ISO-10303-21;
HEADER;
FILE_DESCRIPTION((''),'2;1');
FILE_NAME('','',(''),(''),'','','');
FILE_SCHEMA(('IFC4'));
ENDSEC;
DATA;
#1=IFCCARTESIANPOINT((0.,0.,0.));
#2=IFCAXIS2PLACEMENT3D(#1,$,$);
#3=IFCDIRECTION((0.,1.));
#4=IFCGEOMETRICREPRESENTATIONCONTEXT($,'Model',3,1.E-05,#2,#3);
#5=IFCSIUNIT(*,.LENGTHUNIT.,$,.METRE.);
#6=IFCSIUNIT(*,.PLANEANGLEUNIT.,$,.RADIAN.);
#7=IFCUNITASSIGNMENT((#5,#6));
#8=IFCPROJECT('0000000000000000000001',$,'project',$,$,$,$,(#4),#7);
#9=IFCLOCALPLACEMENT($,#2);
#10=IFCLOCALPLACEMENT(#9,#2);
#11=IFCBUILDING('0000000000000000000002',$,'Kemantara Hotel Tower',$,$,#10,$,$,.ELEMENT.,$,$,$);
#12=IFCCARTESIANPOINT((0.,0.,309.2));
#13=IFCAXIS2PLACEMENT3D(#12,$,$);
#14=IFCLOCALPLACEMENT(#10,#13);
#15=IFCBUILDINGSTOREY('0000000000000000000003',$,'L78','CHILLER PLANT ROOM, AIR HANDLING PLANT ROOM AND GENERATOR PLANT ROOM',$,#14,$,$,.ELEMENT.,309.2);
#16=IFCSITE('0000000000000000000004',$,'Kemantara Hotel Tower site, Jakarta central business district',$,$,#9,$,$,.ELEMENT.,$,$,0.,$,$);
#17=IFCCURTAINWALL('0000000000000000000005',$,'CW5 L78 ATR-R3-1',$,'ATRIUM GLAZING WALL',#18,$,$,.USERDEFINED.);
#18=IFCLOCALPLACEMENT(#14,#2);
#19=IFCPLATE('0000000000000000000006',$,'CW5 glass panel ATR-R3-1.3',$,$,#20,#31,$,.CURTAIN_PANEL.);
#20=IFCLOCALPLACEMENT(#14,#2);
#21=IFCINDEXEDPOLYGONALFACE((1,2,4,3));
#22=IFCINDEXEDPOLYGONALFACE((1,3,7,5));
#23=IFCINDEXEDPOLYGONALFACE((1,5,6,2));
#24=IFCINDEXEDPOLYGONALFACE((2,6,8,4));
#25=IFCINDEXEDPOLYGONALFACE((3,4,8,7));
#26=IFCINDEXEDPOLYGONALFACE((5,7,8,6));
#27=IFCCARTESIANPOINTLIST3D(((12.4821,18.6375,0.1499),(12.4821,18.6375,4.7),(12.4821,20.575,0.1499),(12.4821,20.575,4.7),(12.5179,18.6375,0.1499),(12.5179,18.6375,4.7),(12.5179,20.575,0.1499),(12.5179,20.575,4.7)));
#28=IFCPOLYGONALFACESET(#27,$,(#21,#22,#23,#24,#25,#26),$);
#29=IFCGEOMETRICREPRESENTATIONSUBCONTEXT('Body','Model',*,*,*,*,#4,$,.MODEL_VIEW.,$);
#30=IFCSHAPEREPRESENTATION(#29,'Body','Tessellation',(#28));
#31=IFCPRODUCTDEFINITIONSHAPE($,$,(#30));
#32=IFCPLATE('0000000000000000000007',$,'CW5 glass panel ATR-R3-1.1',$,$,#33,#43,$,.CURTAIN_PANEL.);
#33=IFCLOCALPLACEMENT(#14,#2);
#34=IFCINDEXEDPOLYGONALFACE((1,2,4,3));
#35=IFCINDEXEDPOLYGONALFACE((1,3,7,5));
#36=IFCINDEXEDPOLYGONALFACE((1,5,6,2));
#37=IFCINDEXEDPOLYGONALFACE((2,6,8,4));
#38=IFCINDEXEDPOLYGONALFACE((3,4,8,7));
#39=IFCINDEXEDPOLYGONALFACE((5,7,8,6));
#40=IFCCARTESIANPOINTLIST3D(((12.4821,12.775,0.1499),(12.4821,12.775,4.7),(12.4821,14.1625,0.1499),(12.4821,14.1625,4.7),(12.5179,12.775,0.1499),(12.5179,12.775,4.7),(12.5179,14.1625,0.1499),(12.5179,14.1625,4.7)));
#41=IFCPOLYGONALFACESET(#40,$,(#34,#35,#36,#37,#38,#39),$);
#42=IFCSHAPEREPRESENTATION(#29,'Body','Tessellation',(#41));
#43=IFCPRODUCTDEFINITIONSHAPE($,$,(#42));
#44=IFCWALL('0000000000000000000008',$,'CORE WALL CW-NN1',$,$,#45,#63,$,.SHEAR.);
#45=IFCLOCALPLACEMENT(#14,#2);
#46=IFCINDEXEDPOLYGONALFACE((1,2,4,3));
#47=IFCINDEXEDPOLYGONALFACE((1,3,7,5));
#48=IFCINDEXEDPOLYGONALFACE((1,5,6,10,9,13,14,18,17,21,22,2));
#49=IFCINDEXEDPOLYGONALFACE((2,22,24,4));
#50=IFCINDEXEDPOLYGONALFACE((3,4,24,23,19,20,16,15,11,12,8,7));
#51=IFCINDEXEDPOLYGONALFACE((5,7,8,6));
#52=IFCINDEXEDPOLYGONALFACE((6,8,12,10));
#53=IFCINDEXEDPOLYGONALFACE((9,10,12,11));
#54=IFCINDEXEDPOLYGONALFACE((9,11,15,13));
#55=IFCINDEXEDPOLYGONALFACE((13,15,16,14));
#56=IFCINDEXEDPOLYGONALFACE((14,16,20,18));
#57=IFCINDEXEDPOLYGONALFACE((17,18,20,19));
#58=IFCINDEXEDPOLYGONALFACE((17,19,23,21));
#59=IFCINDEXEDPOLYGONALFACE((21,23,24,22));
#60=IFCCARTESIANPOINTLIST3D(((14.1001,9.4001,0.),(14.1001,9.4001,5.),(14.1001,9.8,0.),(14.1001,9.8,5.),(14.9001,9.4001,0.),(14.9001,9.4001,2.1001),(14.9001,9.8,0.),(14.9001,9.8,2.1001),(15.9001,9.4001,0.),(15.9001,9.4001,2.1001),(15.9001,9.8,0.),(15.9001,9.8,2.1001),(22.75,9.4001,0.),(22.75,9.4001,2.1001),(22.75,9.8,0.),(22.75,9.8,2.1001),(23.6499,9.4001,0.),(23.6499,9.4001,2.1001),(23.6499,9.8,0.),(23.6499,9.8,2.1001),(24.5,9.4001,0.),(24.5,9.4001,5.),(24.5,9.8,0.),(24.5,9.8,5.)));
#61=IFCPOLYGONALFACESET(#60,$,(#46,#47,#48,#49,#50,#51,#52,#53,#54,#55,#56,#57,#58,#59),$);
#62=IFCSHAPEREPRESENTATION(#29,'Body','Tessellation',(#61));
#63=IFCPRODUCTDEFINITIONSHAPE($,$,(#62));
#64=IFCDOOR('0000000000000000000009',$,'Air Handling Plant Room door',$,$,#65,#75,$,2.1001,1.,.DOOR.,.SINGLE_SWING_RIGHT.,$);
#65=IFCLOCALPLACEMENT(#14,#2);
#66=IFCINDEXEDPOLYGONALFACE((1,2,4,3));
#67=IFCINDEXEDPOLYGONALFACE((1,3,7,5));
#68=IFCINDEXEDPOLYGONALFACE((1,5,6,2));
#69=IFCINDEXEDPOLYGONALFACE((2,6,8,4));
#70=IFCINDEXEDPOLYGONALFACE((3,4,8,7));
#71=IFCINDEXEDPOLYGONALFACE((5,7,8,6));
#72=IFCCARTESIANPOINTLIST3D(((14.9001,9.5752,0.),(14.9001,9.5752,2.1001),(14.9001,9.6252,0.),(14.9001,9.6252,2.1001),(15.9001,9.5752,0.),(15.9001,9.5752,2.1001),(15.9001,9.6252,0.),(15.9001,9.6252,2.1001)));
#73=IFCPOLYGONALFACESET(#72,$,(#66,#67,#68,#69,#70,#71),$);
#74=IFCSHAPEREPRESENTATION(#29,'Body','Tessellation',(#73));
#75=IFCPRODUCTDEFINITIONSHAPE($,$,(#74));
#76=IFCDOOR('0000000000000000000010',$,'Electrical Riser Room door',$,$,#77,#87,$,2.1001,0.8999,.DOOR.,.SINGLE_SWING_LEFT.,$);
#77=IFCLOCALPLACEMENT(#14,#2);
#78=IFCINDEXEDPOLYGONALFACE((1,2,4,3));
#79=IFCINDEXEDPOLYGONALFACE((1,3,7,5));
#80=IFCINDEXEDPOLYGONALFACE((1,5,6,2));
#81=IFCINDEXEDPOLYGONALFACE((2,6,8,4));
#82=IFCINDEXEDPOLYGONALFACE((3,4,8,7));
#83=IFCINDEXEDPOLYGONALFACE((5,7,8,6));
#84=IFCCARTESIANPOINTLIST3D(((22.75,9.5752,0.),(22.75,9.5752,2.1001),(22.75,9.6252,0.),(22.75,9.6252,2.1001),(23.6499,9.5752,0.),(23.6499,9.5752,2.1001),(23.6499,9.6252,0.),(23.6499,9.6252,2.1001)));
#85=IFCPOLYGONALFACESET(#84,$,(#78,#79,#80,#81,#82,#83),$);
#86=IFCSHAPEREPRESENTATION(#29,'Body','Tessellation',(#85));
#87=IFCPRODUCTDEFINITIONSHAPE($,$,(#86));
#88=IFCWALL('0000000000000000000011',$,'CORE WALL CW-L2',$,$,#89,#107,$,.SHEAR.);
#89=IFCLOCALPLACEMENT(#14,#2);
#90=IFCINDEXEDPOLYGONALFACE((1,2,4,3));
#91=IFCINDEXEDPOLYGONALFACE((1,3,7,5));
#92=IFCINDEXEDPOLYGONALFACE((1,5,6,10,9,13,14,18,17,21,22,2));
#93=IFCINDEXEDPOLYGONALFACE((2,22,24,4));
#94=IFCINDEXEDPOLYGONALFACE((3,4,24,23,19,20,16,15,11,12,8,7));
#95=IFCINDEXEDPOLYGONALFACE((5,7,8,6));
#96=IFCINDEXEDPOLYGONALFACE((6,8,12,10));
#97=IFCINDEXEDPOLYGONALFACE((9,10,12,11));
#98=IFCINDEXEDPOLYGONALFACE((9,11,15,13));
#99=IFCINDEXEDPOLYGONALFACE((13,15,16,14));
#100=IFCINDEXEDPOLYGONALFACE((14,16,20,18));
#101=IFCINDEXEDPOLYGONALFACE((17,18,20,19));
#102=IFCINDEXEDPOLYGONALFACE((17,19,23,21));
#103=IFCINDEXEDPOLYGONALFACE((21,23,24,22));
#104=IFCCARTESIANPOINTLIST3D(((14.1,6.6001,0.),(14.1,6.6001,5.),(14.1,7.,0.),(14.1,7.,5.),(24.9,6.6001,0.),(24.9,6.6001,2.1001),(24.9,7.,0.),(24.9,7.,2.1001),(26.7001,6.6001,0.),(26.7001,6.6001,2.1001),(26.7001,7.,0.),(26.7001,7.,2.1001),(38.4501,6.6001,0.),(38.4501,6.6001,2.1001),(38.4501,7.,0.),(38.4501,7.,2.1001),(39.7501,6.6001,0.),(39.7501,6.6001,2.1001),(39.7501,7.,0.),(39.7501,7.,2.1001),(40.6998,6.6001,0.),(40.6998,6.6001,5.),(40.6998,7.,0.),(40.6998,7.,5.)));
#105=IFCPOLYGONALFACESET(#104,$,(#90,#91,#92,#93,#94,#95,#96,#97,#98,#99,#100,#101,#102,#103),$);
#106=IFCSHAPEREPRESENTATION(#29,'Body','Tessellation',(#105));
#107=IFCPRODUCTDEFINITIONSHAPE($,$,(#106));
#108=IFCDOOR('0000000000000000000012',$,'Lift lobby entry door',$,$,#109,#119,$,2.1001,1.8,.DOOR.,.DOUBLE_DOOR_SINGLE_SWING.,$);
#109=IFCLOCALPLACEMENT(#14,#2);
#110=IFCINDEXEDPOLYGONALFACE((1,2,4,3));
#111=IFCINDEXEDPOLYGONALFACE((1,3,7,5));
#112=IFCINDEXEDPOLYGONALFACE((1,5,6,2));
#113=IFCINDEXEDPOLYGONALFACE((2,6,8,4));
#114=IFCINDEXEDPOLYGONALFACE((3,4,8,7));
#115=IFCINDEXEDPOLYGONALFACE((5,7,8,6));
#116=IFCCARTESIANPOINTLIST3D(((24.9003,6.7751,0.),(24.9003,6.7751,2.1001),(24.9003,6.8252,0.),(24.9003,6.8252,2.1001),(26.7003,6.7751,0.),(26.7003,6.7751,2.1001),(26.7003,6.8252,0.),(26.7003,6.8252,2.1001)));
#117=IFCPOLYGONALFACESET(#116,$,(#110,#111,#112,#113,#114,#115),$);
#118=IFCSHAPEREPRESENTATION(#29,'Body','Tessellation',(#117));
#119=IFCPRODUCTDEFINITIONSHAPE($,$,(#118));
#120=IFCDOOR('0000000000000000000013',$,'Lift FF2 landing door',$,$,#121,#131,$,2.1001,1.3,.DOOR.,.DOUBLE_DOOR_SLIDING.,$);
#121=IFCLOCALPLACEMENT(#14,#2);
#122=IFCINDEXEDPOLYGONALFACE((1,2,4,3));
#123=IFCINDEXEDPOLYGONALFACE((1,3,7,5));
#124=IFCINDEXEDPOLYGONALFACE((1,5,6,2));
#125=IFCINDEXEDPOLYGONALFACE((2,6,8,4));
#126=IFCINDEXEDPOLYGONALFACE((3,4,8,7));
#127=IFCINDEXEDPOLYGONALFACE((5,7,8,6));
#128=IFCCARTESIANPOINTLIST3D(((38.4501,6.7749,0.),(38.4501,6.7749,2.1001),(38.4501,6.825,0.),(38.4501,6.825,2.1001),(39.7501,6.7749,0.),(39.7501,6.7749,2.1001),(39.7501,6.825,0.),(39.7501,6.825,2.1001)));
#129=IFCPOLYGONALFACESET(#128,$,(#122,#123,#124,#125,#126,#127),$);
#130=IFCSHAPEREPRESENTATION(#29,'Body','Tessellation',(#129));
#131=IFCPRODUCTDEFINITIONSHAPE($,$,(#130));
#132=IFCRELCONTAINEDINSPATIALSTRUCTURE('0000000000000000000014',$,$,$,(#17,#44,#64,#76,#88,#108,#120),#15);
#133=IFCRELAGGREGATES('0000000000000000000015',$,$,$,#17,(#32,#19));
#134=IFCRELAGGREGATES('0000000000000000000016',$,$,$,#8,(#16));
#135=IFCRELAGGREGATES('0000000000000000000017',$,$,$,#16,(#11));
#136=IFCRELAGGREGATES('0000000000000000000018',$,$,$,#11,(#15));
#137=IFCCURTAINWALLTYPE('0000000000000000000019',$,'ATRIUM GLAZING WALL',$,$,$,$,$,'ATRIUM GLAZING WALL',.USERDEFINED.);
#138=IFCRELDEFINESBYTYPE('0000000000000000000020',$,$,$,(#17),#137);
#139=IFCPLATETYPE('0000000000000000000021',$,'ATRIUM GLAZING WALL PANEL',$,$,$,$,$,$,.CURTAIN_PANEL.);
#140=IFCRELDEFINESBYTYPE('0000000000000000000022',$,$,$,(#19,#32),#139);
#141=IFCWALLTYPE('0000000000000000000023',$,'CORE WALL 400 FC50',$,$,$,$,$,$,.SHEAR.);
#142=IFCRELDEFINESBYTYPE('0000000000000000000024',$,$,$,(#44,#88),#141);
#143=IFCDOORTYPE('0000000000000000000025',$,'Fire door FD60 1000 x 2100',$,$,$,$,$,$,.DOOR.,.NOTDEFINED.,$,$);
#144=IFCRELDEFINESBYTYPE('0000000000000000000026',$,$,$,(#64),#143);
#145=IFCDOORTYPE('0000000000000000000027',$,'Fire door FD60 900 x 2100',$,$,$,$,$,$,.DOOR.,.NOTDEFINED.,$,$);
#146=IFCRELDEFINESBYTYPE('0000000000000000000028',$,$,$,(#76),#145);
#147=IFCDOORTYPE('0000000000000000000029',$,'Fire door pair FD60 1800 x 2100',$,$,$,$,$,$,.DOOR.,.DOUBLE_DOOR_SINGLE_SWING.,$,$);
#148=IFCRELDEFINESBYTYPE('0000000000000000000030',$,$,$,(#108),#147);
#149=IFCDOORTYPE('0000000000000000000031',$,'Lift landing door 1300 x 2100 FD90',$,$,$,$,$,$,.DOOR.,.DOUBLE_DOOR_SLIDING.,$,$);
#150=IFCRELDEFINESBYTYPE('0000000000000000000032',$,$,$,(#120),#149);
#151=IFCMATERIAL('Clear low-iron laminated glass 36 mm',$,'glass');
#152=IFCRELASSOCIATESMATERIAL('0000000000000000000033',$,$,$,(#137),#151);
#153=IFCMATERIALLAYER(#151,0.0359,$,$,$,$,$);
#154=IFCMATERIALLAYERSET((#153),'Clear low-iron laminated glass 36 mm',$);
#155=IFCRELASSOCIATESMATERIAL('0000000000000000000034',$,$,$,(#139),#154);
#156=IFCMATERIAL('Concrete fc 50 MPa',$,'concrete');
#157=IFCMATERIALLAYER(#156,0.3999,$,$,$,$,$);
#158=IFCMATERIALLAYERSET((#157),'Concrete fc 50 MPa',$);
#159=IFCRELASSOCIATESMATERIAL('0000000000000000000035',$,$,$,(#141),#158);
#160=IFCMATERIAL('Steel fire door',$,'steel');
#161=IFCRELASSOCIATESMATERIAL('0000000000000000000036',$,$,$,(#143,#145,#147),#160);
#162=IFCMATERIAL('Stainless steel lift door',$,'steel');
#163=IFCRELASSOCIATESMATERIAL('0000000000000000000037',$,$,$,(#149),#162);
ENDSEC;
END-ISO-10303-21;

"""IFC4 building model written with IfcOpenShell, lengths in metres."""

from ifc_helpers import new_model, si_unit, direction, frame, frame_2d, origin, origin_2d, place, context, subcontext, project, spatial, rectangle, extrude, source, transform, mapped, material, layer, layer_set, type_object, element, fill, aggregate, save


model = new_model("IFC4")

# Units and contexts
model_context = context("Model", 3, precision=1e-05, world=origin(), true_north=direction((0.0, 1.0)))
body_context = subcontext(model_context, "Body", "Model", "MODEL_VIEW")
ifc_project = project(units=[si_unit("LENGTHUNIT", "METRE"), si_unit("PLANEANGLEUNIT", "RADIAN")], contexts=[model_context])

# Site, building, storey
site_placement = place(None, origin())
site = spatial("IfcSite", under=ifc_project, at=site_placement, Name="Kemantara Hotel Tower site, Jakarta central business district", CompositionType="ELEMENT", RefElevation=0.0)
building_placement = place(site_placement, origin())
building = spatial("IfcBuilding", under=site, at=building_placement, Name="Kemantara Hotel Tower", CompositionType="ELEMENT")
storey_placement = place(building_placement, frame((0.0, 0.0, 309.2)))
storey = spatial("IfcBuildingStorey", under=building, at=storey_placement, Name="L78", Description="CHILLER PLANT ROOM, AIR HANDLING PLANT ROOM AND GENERATOR PLANT ROOM", CompositionType="ELEMENT", Elevation=309.2)

# Shared definitions
ifc_material_1 = material(Name="Concrete fc 50 MPa", Category="concrete")

# Curtain wall
ifc_material_2 = material(Name="Clear low-iron laminated glass 36 mm", Category="glass")
curtain_wall_type = type_object("IfcCurtainWallType", Name="ATRIUM GLAZING WALL", ElementType="ATRIUM GLAZING WALL", PredefinedType="USERDEFINED", material=ifc_material_2)
curtain_wall_1_placement = place(storey_placement, origin())
curtain_wall_1 = element("IfcCurtainWall", 1, at=curtain_wall_1_placement, inside=storey, type_object=curtain_wall_type, Name="CW5 L78 ATR-R3-1", ObjectType="ATRIUM GLAZING WALL", PredefinedType="USERDEFINED")

# Plates
ifc_layer_1 = layer(ifc_material_2, 0.0359)
ifc_layer_set_1 = layer_set([ifc_layer_1], Name="Clear low-iron laminated glass 36 mm")
plate_type = type_object("IfcPlateType", Name="ATRIUM GLAZING WALL PANEL", PredefinedType="CURTAIN_PANEL", material=ifc_layer_set_1)
shared_shape_1 = source(origin(), body_context, "Body", "SweptSolid", [
    extrude(rectangle(XDim=1.9375, YDim=0.0359, at=origin_2d()), origin(), (0.0, 0.0, 1.0), 4.55),
])
plate_1_placement = place(storey_placement, frame((12.5, 19.6062, 0.1499), z_axis=(0.0, 0.0, 1.0), x_axis=(0.0, 1.0, 0.0)))
plate_1 = element("IfcPlate", 2, at=plate_1_placement, type_object=plate_type, Name="CW5 glass panel ATR-R3-1.3", PredefinedType="CURTAIN_PANEL", context=body_context, shape_type="MappedRepresentation", body=[
    mapped(shared_shape_1, transform((0.0, 0.0, 0.0))),
])
shared_shape_2 = source(origin(), body_context, "Body", "SweptSolid", [
    extrude(rectangle(XDim=1.3875, YDim=0.0359, at=origin_2d()), origin(), (0.0, 0.0, 1.0), 4.55),
])
plate_2_placement = place(storey_placement, frame((12.5, 13.4688, 0.1499), z_axis=(0.0, 0.0, 1.0), x_axis=(0.0, 1.0, 0.0)))
plate_2 = element("IfcPlate", 3, at=plate_2_placement, type_object=plate_type, Name="CW5 glass panel ATR-R3-1.1", PredefinedType="CURTAIN_PANEL", context=body_context, shape_type="MappedRepresentation", body=[
    mapped(shared_shape_2, transform((0.0, 0.0, 0.0))),
])
aggregate(curtain_wall_1, [plate_2, plate_1])

# Walls, openings, doors
ifc_layer_2 = layer(ifc_material_1, 0.3999)
ifc_layer_set_2 = layer_set([ifc_layer_2], Name="Concrete fc 50 MPa")
wall_type = type_object("IfcWallType", Name="CORE WALL 400 FC50", PredefinedType="SHEAR", material=ifc_layer_set_2)
wall_1_placement = place(storey_placement, frame((14.1001, 9.6001, 0.0), z_axis=(0.0, 0.0, 1.0), x_axis=(1.0, 0.0, 0.0)))
wall_1 = element("IfcWall", 4, at=wall_1_placement, inside=storey, type_object=wall_type, Name="CORE WALL CW-NN1", PredefinedType="SHEAR", context=body_context, shape_type="SweptSolid", body=[
    extrude(rectangle(XDim=10.3999, YDim=0.3999, at=frame_2d((5.2, 0.0))), origin(), (0.0, 0.0, 1.0), 5.0),
])
opening_1_placement = place(wall_1_placement, frame((0.8, 0.0, 0.0)))
opening_1 = element("IfcOpeningElement", 5, at=opening_1_placement, cuts=wall_1, PredefinedType="OPENING", context=body_context, shape_type="SweptSolid", body=[
    extrude(rectangle(XDim=1.0, YDim=2.1001, at=frame_2d((0.5, 1.05))), frame((0.0, 0.21, 0.0), z_axis=(0.0, -1.0, 0.0), x_axis=(1.0, 0.0, 0.0)), (0.0, 0.0, 1.0), 0.4199),
])
opening_2_placement = place(wall_1_placement, frame((8.6499, 0.0, 0.0)))
opening_2 = element("IfcOpeningElement", 6, at=opening_2_placement, cuts=wall_1, PredefinedType="OPENING", context=body_context, shape_type="SweptSolid", body=[
    extrude(rectangle(XDim=0.8999, YDim=2.1001, at=frame_2d((0.45, 1.05))), frame((0.0, 0.21, 0.0), z_axis=(0.0, -1.0, 0.0), x_axis=(1.0, 0.0, 0.0)), (0.0, 0.0, 1.0), 0.4199),
])
ifc_material_3 = material(Name="Steel fire door", Category="steel")
door_type_1 = type_object("IfcDoorType", Name="Fire door FD60 1000 x 2100", OperationType="NOTDEFINED", PredefinedType="DOOR", material=ifc_material_3)
door_1_placement = place(opening_1_placement, frame((1.0, 0.0, 0.0), z_axis=(0.0, 0.0, 1.0), x_axis=(-1.0, 0.0, 0.0)))
door_1 = element("IfcDoor", 7, at=door_1_placement, inside=storey, type_object=door_type_1, Name="Air Handling Plant Room door", OperationType="SINGLE_SWING_RIGHT", OverallHeight=2.1001, OverallWidth=1.0, PredefinedType="DOOR", context=body_context, shape_type="SweptSolid", body=[
    extrude(rectangle(XDim=1.0, YDim=2.1001, at=frame_2d((0.5, 1.05))), frame((0.0, 0.0249, 0.0), z_axis=(0.0, -1.0, 0.0), x_axis=(1.0, 0.0, 0.0)), (0.0, 0.0, 1.0), 0.05),
])
fill(opening_1, door_1)
door_type_2 = type_object("IfcDoorType", Name="Fire door FD60 900 x 2100", OperationType="NOTDEFINED", PredefinedType="DOOR", material=ifc_material_3)
door_2_placement = place(opening_2_placement, frame((0.8999, 0.0, 0.0), z_axis=(0.0, 0.0, 1.0), x_axis=(-1.0, 0.0, 0.0)))
door_2 = element("IfcDoor", 8, at=door_2_placement, inside=storey, type_object=door_type_2, Name="Electrical Riser Room door", OperationType="SINGLE_SWING_LEFT", OverallHeight=2.1001, OverallWidth=0.8999, PredefinedType="DOOR", context=body_context, shape_type="SweptSolid", body=[
    extrude(rectangle(XDim=0.8999, YDim=2.1001, at=frame_2d((0.45, 1.05))), frame((0.0, 0.0249, 0.0), z_axis=(0.0, -1.0, 0.0), x_axis=(1.0, 0.0, 0.0)), (0.0, 0.0, 1.0), 0.05),
])
fill(opening_2, door_2)
wall_2_placement = place(storey_placement, frame((14.1001, 6.8, 0.0), z_axis=(0.0, 0.0, 1.0), x_axis=(1.0, 0.0, 0.0)))
wall_2 = element("IfcWall", 9, at=wall_2_placement, inside=storey, type_object=wall_type, Name="CORE WALL CW-L2", PredefinedType="SHEAR", context=body_context, shape_type="SweptSolid", body=[
    extrude(rectangle(XDim=26.5999, YDim=0.3999, at=frame_2d((13.2998, 0.0))), origin(), (0.0, 0.0, 1.0), 5.0),
])
opening_3_placement = place(wall_2_placement, frame((10.8, 0.0, 0.0)))
opening_3 = element("IfcOpeningElement", 10, at=opening_3_placement, cuts=wall_2, PredefinedType="OPENING", context=body_context, shape_type="SweptSolid", body=[
    extrude(rectangle(XDim=1.8, YDim=2.1001, at=frame_2d((0.8999, 1.05))), frame((0.0, 0.21, 0.0), z_axis=(0.0, -1.0, 0.0), x_axis=(1.0, 0.0, 0.0)), (0.0, 0.0, 1.0), 0.4199),
])
opening_4_placement = place(wall_2_placement, frame((24.3501, 0.0, 0.0)))
opening_4 = element("IfcOpeningElement", 11, at=opening_4_placement, cuts=wall_2, PredefinedType="OPENING", context=body_context, shape_type="SweptSolid", body=[
    extrude(rectangle(XDim=1.3, YDim=2.1001, at=frame_2d((0.6499, 1.05))), frame((0.0, 0.21, 0.0), z_axis=(0.0, -1.0, 0.0), x_axis=(1.0, 0.0, 0.0)), (0.0, 0.0, 1.0), 0.4199),
])
door_type_3 = type_object("IfcDoorType", Name="Fire door pair FD60 1800 x 2100", OperationType="DOUBLE_DOOR_SINGLE_SWING", PredefinedType="DOOR", material=ifc_material_3)
door_3_placement = place(opening_3_placement, frame((1.8, 0.0, 0.0), z_axis=(0.0, 0.0, 1.0), x_axis=(-1.0, 0.0, 0.0)))
door_3 = element("IfcDoor", 12, at=door_3_placement, inside=storey, type_object=door_type_3, Name="Lift lobby entry door", OperationType="DOUBLE_DOOR_SINGLE_SWING", OverallHeight=2.1001, OverallWidth=1.8, PredefinedType="DOOR", context=body_context, shape_type="SweptSolid", body=[
    extrude(rectangle(XDim=1.8, YDim=2.1001, at=frame_2d((0.8999, 1.05))), frame((0.0, 0.0249, 0.0), z_axis=(0.0, -1.0, 0.0), x_axis=(1.0, 0.0, 0.0)), (0.0, 0.0, 1.0), 0.05),
])
fill(opening_3, door_3)
ifc_material_4 = material(Name="Stainless steel lift door", Category="steel")
door_type_4 = type_object("IfcDoorType", Name="Lift landing door 1300 x 2100 FD90", OperationType="DOUBLE_DOOR_SLIDING", PredefinedType="DOOR", material=ifc_material_4)
door_4_placement = place(opening_4_placement, origin())
door_4 = element("IfcDoor", 13, at=door_4_placement, inside=storey, type_object=door_type_4, Name="Lift FF2 landing door", OperationType="DOUBLE_DOOR_SLIDING", OverallHeight=2.1001, OverallWidth=1.3, PredefinedType="DOOR", context=body_context, shape_type="SweptSolid", body=[
    extrude(rectangle(XDim=1.3, YDim=2.1001, at=frame_2d((0.6499, 1.05))), frame((0.0, 0.0249, 0.0), z_axis=(0.0, -1.0, 0.0), x_axis=(1.0, 0.0, 0.0)), (0.0, 0.0, 1.0), 0.05),
])
fill(opening_4, door_4)

save(model, "model.ifc")
